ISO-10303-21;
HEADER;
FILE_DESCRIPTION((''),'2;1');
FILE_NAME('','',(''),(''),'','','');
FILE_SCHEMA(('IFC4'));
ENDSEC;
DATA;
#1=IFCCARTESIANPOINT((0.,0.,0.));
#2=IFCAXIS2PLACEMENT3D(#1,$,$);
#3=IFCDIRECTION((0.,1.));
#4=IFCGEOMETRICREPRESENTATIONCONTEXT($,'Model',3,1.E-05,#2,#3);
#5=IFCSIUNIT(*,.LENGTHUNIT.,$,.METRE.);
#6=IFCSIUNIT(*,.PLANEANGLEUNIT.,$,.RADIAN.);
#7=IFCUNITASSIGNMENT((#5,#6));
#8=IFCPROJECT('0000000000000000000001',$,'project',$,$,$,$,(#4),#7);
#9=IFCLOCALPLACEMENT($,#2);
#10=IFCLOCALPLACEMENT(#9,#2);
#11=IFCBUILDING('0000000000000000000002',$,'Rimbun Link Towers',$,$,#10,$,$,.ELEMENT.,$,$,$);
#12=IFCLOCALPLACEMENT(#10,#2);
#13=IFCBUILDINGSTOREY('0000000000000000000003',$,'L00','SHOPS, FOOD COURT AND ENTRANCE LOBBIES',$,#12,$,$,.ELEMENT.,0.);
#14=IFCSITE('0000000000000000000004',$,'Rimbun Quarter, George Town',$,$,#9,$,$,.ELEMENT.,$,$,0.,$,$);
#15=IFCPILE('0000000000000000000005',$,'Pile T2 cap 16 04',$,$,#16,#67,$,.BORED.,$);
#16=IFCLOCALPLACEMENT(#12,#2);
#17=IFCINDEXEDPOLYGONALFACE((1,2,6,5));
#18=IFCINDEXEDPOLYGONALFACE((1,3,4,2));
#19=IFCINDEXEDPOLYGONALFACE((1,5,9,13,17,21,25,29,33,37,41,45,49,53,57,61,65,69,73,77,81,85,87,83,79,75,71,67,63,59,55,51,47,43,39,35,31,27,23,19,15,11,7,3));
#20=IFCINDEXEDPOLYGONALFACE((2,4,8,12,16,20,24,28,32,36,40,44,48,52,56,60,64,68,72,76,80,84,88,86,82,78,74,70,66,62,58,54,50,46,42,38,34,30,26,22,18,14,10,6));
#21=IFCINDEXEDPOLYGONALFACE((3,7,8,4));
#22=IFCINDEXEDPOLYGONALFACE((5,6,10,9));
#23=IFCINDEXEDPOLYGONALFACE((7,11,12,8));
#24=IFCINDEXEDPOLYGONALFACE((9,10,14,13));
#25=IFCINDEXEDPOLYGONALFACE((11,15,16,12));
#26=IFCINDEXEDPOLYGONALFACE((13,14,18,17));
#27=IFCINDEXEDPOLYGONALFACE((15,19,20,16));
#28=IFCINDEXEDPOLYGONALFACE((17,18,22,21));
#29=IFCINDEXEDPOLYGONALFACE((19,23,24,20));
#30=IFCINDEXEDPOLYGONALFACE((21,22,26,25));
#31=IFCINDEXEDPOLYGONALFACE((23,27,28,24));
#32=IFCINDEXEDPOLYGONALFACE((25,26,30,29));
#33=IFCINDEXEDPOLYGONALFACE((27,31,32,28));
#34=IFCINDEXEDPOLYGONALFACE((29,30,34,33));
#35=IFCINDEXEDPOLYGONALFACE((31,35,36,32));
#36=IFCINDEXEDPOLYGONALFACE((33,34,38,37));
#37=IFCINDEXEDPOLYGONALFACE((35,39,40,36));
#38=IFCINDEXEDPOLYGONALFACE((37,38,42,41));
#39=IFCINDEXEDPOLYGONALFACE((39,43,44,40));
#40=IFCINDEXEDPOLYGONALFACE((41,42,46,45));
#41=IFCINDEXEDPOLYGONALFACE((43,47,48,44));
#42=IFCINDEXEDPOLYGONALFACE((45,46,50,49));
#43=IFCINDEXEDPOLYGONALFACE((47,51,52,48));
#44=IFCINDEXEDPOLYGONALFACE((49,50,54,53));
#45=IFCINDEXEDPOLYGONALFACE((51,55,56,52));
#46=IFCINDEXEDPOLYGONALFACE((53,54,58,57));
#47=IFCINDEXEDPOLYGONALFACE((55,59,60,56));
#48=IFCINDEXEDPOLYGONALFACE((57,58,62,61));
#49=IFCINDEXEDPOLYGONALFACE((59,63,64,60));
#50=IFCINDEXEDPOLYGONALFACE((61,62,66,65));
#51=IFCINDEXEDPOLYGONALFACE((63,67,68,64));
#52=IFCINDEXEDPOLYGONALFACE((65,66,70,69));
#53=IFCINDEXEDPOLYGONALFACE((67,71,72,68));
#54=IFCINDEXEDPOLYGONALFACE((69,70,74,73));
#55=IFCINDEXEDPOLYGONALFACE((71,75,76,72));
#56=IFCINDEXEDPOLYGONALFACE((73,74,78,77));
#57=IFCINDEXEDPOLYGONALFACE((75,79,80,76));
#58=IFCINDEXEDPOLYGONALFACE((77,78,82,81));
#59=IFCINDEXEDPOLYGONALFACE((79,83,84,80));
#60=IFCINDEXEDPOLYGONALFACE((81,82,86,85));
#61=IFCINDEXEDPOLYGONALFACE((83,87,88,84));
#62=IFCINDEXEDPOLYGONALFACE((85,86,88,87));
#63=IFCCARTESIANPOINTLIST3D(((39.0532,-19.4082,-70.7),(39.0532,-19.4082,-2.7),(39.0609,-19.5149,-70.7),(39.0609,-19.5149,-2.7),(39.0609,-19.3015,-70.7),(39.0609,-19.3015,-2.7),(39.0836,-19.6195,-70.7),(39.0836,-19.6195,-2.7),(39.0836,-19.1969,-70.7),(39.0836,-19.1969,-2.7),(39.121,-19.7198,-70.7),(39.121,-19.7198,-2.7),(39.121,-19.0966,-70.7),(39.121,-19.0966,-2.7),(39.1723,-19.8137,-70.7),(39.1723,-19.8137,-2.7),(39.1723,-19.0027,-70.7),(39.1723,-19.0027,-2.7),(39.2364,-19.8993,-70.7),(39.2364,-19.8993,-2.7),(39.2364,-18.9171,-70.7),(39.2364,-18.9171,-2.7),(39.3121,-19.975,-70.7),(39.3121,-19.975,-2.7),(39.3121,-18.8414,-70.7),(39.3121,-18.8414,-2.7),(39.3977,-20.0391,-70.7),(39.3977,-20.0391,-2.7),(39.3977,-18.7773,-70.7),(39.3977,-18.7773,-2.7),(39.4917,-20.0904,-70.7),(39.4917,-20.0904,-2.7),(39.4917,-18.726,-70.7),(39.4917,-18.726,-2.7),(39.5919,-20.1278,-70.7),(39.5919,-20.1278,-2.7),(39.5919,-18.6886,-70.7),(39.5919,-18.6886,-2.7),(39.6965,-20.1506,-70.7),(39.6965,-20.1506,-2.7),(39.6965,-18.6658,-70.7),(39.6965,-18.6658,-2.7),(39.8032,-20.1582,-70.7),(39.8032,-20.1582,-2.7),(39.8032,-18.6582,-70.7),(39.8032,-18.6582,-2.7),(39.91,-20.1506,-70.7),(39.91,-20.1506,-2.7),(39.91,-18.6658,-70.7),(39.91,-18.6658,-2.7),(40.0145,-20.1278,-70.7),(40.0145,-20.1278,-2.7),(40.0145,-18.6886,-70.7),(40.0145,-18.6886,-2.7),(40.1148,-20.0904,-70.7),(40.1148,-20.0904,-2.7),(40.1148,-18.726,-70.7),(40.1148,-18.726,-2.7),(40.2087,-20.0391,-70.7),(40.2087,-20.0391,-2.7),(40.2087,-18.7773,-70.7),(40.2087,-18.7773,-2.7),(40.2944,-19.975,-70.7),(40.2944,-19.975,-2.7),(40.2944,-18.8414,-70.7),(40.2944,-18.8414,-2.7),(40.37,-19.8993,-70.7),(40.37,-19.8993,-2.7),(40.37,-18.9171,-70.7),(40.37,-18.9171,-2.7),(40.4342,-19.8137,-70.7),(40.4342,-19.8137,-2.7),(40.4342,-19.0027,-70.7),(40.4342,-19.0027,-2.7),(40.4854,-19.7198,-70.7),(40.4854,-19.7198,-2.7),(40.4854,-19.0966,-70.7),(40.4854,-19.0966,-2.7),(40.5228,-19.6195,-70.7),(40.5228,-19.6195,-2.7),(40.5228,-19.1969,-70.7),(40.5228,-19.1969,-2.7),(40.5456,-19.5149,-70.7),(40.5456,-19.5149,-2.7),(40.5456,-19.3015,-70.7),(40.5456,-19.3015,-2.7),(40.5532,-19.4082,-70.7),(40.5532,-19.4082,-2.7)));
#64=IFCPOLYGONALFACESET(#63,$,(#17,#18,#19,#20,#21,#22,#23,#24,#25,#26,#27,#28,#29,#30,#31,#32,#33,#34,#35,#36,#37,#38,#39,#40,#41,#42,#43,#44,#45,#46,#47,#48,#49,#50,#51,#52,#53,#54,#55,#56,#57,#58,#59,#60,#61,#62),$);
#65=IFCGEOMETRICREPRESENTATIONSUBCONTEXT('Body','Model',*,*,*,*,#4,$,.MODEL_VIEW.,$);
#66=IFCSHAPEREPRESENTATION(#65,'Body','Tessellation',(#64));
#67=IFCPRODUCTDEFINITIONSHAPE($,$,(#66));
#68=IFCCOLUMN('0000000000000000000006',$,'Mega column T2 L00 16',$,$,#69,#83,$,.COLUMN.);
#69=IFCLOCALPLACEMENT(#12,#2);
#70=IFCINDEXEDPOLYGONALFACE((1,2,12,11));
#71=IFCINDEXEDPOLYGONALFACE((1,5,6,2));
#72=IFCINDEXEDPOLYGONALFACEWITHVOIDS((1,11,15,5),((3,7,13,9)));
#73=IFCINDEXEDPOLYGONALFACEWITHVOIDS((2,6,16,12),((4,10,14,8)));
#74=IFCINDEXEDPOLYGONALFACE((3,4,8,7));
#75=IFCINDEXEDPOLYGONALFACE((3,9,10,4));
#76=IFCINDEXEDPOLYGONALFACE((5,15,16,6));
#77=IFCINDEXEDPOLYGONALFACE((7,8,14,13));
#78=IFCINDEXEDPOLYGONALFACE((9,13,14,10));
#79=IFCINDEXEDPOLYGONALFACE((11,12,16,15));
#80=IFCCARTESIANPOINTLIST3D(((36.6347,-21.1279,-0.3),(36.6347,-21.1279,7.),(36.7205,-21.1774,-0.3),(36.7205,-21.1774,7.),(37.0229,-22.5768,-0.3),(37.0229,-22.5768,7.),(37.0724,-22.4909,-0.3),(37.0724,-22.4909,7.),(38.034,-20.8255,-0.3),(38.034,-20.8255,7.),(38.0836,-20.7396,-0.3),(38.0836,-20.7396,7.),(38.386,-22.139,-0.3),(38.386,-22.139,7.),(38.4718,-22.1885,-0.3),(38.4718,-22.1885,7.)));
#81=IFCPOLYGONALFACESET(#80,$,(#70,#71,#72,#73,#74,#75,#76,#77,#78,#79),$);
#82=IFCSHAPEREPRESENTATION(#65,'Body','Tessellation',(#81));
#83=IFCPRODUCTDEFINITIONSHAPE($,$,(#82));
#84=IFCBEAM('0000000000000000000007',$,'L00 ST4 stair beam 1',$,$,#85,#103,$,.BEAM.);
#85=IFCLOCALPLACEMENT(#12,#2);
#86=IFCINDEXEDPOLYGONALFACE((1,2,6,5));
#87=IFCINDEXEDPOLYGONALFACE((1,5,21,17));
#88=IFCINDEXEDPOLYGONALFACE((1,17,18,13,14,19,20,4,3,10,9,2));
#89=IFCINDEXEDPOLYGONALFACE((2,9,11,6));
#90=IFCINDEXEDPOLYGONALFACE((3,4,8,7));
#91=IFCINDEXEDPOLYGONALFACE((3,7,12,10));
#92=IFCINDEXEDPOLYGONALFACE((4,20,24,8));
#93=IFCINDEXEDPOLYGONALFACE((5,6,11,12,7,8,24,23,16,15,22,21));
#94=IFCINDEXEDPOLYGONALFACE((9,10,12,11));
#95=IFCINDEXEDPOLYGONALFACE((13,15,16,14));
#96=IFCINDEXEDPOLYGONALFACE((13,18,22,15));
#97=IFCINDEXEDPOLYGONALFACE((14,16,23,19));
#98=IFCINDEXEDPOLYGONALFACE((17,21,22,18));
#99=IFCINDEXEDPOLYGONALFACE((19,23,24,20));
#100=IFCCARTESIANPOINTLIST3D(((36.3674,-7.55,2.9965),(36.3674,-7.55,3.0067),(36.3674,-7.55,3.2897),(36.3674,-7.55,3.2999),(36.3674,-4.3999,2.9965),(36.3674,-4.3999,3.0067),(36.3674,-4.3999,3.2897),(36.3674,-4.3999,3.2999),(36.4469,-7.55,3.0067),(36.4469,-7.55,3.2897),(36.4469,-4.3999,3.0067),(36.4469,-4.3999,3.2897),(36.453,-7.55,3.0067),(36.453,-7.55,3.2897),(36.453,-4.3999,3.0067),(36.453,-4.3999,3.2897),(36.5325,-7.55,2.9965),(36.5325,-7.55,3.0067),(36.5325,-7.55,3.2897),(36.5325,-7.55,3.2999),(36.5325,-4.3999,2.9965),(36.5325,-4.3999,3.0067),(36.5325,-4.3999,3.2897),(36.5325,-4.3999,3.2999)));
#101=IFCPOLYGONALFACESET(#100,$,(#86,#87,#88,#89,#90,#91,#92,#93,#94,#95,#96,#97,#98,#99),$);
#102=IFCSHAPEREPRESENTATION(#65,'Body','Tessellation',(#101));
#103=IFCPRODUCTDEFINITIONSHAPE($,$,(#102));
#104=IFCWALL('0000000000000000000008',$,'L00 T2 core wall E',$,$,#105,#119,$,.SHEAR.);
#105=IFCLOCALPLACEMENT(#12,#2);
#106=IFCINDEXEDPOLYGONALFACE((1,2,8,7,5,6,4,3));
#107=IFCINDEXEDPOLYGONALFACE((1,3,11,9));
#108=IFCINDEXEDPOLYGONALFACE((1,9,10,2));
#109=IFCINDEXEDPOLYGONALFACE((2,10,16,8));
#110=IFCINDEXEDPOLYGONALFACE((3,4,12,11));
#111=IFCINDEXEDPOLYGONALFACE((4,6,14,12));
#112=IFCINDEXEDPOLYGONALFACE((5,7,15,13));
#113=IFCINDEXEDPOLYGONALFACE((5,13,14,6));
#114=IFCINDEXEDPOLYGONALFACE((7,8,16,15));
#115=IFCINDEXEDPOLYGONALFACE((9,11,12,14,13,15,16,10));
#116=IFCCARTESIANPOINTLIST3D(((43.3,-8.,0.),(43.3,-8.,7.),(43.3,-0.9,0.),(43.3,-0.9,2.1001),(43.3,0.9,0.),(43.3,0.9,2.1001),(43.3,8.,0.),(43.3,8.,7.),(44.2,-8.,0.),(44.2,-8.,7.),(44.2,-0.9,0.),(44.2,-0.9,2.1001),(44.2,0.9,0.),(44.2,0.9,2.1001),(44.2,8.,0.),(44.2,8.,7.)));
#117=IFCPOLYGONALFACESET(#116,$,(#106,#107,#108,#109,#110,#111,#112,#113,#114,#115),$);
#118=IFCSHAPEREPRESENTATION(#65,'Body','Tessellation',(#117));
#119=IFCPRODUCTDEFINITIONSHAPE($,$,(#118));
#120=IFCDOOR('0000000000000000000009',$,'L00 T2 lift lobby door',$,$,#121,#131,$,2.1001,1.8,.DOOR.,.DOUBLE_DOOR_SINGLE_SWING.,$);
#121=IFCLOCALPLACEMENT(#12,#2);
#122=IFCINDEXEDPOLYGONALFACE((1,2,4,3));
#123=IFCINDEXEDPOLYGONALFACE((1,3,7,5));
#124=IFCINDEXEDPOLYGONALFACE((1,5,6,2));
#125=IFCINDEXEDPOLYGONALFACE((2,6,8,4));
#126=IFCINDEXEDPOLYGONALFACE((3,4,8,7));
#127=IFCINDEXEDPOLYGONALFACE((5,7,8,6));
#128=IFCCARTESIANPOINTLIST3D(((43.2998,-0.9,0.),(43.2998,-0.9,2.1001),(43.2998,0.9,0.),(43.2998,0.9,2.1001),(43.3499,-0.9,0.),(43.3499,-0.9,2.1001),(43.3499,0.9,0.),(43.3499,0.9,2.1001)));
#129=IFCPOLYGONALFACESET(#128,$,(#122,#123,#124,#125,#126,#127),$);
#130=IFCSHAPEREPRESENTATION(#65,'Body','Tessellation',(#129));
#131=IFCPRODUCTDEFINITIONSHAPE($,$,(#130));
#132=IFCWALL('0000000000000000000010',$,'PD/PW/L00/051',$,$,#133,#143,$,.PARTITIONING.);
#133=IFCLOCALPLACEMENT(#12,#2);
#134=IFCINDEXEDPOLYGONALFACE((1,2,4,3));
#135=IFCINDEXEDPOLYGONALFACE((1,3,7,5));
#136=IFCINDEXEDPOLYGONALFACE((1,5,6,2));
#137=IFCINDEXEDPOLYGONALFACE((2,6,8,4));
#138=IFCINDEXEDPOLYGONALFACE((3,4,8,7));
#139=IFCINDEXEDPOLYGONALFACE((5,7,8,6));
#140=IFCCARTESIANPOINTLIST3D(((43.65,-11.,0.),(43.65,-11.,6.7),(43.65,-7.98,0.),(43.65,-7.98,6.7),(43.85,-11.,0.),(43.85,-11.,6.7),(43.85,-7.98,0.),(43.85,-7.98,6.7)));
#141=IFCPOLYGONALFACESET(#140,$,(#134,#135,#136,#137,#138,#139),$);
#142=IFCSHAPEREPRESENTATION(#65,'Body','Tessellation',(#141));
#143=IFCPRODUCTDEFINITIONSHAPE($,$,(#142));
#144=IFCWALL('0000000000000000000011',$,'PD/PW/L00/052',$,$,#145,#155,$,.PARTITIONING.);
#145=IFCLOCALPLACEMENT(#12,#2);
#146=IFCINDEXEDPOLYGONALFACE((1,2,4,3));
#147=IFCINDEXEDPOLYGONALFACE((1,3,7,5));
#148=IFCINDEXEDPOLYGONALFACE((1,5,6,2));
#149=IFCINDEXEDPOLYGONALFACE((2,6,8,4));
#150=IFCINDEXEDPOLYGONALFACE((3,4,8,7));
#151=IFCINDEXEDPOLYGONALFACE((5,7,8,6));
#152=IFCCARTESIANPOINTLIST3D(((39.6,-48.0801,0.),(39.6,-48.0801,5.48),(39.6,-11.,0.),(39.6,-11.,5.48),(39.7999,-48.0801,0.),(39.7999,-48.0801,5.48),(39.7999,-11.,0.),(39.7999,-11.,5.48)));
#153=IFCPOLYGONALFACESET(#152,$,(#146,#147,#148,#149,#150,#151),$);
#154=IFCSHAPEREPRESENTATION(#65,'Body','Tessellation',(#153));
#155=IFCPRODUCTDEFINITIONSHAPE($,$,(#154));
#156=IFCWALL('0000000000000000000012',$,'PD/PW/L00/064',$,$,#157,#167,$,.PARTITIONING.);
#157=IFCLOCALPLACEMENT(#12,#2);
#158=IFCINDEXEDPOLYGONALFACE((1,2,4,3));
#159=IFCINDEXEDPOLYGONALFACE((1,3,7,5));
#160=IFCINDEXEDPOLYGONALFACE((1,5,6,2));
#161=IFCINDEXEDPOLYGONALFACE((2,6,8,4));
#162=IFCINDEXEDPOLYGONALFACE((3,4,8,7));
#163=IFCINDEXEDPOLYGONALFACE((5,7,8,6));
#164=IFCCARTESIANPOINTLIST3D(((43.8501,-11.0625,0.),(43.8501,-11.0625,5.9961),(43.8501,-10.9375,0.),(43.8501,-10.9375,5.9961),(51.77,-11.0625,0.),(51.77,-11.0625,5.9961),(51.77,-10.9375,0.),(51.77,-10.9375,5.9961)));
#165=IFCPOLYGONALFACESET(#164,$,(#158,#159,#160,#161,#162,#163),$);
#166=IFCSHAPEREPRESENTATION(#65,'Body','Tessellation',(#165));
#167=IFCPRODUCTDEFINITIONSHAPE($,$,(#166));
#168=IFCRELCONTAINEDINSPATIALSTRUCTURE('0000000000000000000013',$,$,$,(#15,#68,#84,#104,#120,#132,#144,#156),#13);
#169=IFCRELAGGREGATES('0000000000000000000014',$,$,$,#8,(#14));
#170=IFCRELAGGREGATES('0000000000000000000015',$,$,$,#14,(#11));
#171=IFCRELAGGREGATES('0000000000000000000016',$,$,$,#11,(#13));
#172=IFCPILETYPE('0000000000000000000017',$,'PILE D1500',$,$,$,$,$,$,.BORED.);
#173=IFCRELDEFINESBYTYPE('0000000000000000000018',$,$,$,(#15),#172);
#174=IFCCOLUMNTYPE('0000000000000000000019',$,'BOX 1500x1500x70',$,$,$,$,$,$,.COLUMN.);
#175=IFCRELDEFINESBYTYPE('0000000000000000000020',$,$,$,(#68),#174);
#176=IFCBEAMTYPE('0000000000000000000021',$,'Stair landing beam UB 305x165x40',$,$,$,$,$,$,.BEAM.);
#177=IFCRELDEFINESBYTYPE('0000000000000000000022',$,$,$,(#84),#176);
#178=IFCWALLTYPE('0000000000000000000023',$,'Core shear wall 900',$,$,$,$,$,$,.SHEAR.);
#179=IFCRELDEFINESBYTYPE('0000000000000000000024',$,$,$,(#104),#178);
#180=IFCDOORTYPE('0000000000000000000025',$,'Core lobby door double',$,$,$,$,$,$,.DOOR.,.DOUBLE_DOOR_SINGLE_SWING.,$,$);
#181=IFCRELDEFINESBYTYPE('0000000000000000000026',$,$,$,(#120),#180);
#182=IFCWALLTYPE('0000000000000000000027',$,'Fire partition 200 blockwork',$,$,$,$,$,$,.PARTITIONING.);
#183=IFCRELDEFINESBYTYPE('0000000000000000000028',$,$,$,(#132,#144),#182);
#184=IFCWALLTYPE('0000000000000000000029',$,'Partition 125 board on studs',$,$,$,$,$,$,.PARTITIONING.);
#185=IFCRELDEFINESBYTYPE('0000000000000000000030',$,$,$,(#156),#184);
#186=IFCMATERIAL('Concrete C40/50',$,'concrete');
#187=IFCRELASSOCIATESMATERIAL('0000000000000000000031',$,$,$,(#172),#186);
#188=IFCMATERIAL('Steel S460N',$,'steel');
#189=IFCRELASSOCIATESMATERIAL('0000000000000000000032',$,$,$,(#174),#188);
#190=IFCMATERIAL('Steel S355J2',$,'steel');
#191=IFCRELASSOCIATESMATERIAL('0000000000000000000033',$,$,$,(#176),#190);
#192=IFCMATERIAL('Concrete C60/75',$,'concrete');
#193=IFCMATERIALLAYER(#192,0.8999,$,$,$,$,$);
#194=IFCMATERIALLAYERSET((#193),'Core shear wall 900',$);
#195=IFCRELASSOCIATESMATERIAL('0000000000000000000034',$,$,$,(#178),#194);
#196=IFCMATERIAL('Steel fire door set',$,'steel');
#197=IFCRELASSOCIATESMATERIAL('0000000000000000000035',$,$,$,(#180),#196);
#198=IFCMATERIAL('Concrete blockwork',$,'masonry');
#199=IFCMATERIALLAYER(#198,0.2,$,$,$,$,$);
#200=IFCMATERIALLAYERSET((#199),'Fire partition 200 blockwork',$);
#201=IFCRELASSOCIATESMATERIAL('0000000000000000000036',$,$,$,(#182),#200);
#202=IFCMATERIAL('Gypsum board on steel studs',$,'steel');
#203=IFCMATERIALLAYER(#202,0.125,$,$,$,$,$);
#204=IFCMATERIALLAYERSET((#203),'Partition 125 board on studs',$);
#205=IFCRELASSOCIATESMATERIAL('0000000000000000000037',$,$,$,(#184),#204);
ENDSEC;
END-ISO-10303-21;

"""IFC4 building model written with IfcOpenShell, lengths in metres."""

from ifc_helpers import new_model, si_unit, direction, frame, frame_2d, origin, origin_2d, place, context, subcontext, project, spatial, rectangle, hollow_rectangle, circle, i_section, extrude, material, layer, layer_set, material_profile, profile_set, type_object, element, fill, save


model = new_model("IFC4")

# Units and contexts
model_context = context("Model", 3, precision=1e-05, world=origin(), true_north=direction((0.0, 1.0)))
body_context = subcontext(model_context, "Body", "Model", "MODEL_VIEW")
ifc_project = project(units=[si_unit("LENGTHUNIT", "METRE"), si_unit("PLANEANGLEUNIT", "RADIAN")], contexts=[model_context])

# Site, building, storey
site_placement = place(None, origin())
site = spatial("IfcSite", under=ifc_project, at=site_placement, Name="Rimbun Quarter, George Town", CompositionType="ELEMENT", RefElevation=0.0)
building_placement = place(site_placement, origin())
building = spatial("IfcBuilding", under=site, at=building_placement, Name="Rimbun Link Towers", CompositionType="ELEMENT")
storey_placement = place(building_placement, origin())
storey = spatial("IfcBuildingStorey", under=building, at=storey_placement, Name="L00", Description="SHOPS, FOOD COURT AND ENTRANCE LOBBIES", CompositionType="ELEMENT", Elevation=0.0)

# Pile
ifc_material_1 = material(Name="Concrete C40/50", Category="concrete")
ifc_material_profile_1 = material_profile(ifc_material_1, circle(Radius=0.75, at=origin_2d()), Name="PILE D1500")
ifc_profile_set_1 = profile_set([ifc_material_profile_1], Name="Concrete C40/50")
pile_type = type_object("IfcPileType", Name="PILE D1500", PredefinedType="BORED", material=ifc_profile_set_1)
for number, where, z_axis, x_axis, name in (
    (1, (39.8032, -19.4082, -2.7), (0.0, 0.0, -1.0), (1.0, 0.0, 0.0), "Pile T2 cap 16 04"),
):
    element("IfcPile", number, at=place(storey_placement, frame(where, z_axis=z_axis, x_axis=x_axis)), inside=storey, type_object=pile_type, Name=name, PredefinedType="BORED", context=body_context, shape_type="SweptSolid", body=[
        extrude(circle(Radius=0.75, at=origin_2d()), origin(), (0.0, 0.0, 1.0), 68.0),
    ])

# Column
ifc_material_2 = material(Name="Steel S460N", Category="steel")
ifc_material_profile_2 = material_profile(ifc_material_2, hollow_rectangle(XDim=1.5, YDim=1.5, WallThickness=0.0701, at=origin_2d()), Name="BOX 1500x1500x70")
ifc_profile_set_2 = profile_set([ifc_material_profile_2], Name="Steel S460N")
column_type = type_object("IfcColumnType", Name="BOX 1500x1500x70", PredefinedType="COLUMN", material=ifc_profile_set_2)
column_placement = place(storey_placement, frame((37.5532, -21.6582, -0.3), z_axis=(0.0, 0.0, 1.0), x_axis=(0.258819, -0.965926, 0.0)))
element("IfcColumn", 2, at=column_placement, inside=storey, type_object=column_type, Name="Mega column T2 L00 16", PredefinedType="COLUMN", context=body_context, shape_type="SweptSolid", body=[
    extrude(hollow_rectangle(XDim=1.5, YDim=1.5, WallThickness=0.0701, at=origin_2d()), origin(), (0.0, 0.0, 1.0), 7.3),
])

# Beam
ifc_material_3 = material(Name="Steel S355J2", Category="steel")
ifc_material_profile_3 = material_profile(ifc_material_3, i_section(OverallWidth=0.165, OverallDepth=0.3035, WebThickness=0.0061, FlangeThickness=0.0103, at=origin_2d()), Name="UB 305x165x40")
ifc_profile_set_3 = profile_set([ifc_material_profile_3], Name="Steel S355J2")
beam_type = type_object("IfcBeamType", Name="Stair landing beam UB 305x165x40", PredefinedType="BEAM", material=ifc_profile_set_3)
beam_placement = place(storey_placement, frame((36.45, -7.55, 3.1482), z_axis=(0.0, 1.0, 0.0), x_axis=(-1.0, 0.0, 0.0)))
element("IfcBeam", 3, at=beam_placement, inside=storey, type_object=beam_type, Name="L00 ST4 stair beam 1", PredefinedType="BEAM", context=body_context, shape_type="SweptSolid", body=[
    extrude(i_section(OverallWidth=0.165, OverallDepth=0.3035, WebThickness=0.0061, FlangeThickness=0.0103, at=origin_2d()), origin(), (0.0, 0.0, 1.0), 3.1501),
])

# Wall, opening, door
ifc_material_4 = material(Name="Concrete C60/75", Category="concrete")
ifc_layer_1 = layer(ifc_material_4, 0.8999)
ifc_layer_set_1 = layer_set([ifc_layer_1], Name="Core shear wall 900")
wall_type_1 = type_object("IfcWallType", Name="Core shear wall 900", PredefinedType="SHEAR", material=ifc_layer_set_1)
wall_1_placement = place(storey_placement, frame((43.75, -8.0, 0.0), z_axis=(0.0, 0.0, 1.0), x_axis=(0.0, 1.0, 0.0)))
wall_1 = element("IfcWall", 4, at=wall_1_placement, inside=storey, type_object=wall_type_1, Name="L00 T2 core wall E", PredefinedType="SHEAR", context=body_context, shape_type="SweptSolid", body=[
    extrude(rectangle(XDim=16.0, YDim=0.8999, at=frame_2d((8.0, 0.0))), origin(), (0.0, 0.0, 1.0), 7.0),
])
opening_placement = place(wall_1_placement, frame((7.1001, 0.0, 0.0)))
opening = element("IfcOpeningElement", 5, at=opening_placement, cuts=wall_1, PredefinedType="OPENING", context=body_context, shape_type="SweptSolid", body=[
    extrude(rectangle(XDim=1.8, YDim=2.1001, at=frame_2d((0.8999, 1.05))), frame((0.0, 0.46, 0.0), z_axis=(0.0, -1.0, 0.0), x_axis=(1.0, 0.0, 0.0)), (0.0, 0.0, 1.0), 0.9199),
])
ifc_material_5 = material(Name="Steel fire door set", Category="steel")
door_type = type_object("IfcDoorType", Name="Core lobby door double", OperationType="DOUBLE_DOOR_SINGLE_SWING", PredefinedType="DOOR", material=ifc_material_5)
door_placement = place(opening_placement, origin())
door = element("IfcDoor", 6, at=door_placement, inside=storey, type_object=door_type, Name="L00 T2 lift lobby door", OperationType="DOUBLE_DOOR_SINGLE_SWING", OverallHeight=2.1001, OverallWidth=1.8, PredefinedType="DOOR", context=body_context, shape_type="SweptSolid", body=[
    extrude(rectangle(XDim=1.8, YDim=2.1001, at=frame_2d((0.8999, 1.05))), frame((0.0, 0.4502, 0.0), z_axis=(0.0, -1.0, 0.0), x_axis=(1.0, 0.0, 0.0)), (0.0, 0.0, 1.0), 0.05),
])
fill(opening, door)

# Walls
ifc_material_6 = material(Name="Concrete blockwork", Category="masonry")
ifc_layer_2 = layer(ifc_material_6, 0.2)
ifc_layer_set_2 = layer_set([ifc_layer_2], Name="Fire partition 200 blockwork")
wall_type_2 = type_object("IfcWallType", Name="Fire partition 200 blockwork", PredefinedType="PARTITIONING", material=ifc_layer_set_2)
wall_2_placement = place(storey_placement, frame((43.75, -11.0, 0.0), z_axis=(0.0, 0.0, 1.0), x_axis=(0.0, 1.0, 0.0)))
element("IfcWall", 7, at=wall_2_placement, inside=storey, type_object=wall_type_2, Name="PD/PW/L00/051", PredefinedType="PARTITIONING", context=body_context, shape_type="SweptSolid", body=[
    extrude(rectangle(XDim=3.02, YDim=0.2, at=frame_2d((1.51, 0.0))), origin(), (0.0, 0.0, 1.0), 6.7),
])
wall_3_placement = place(storey_placement, frame((39.7, -11.0, 0.0), z_axis=(0.0, 0.0, 1.0), x_axis=(0.0, -1.0, 0.0)))
element("IfcWall", 8, at=wall_3_placement, inside=storey, type_object=wall_type_2, Name="PD/PW/L00/052", PredefinedType="PARTITIONING", context=body_context, shape_type="SweptSolid", body=[
    extrude(rectangle(XDim=37.0801, YDim=0.2, at=frame_2d((18.54, 0.0))), origin(), (0.0, 0.0, 1.0), 5.48),
])
ifc_material_7 = material(Name="Gypsum board on steel studs", Category="steel")
ifc_layer_3 = layer(ifc_material_7, 0.125)
ifc_layer_set_3 = layer_set([ifc_layer_3], Name="Partition 125 board on studs")
wall_type_3 = type_object("IfcWallType", Name="Partition 125 board on studs", PredefinedType="PARTITIONING", material=ifc_layer_set_3)
wall_4_placement = place(storey_placement, frame((43.8501, -11.0, 0.0), z_axis=(0.0, 0.0, 1.0), x_axis=(1.0, 0.0, 0.0)))
element("IfcWall", 9, at=wall_4_placement, inside=storey, type_object=wall_type_3, Name="PD/PW/L00/064", PredefinedType="PARTITIONING", context=body_context, shape_type="SweptSolid", body=[
    extrude(rectangle(XDim=7.9199, YDim=0.125, at=frame_2d((3.96, 0.0))), origin(), (0.0, 0.0, 1.0), 5.9961),
])

save(model, "model.ifc")
